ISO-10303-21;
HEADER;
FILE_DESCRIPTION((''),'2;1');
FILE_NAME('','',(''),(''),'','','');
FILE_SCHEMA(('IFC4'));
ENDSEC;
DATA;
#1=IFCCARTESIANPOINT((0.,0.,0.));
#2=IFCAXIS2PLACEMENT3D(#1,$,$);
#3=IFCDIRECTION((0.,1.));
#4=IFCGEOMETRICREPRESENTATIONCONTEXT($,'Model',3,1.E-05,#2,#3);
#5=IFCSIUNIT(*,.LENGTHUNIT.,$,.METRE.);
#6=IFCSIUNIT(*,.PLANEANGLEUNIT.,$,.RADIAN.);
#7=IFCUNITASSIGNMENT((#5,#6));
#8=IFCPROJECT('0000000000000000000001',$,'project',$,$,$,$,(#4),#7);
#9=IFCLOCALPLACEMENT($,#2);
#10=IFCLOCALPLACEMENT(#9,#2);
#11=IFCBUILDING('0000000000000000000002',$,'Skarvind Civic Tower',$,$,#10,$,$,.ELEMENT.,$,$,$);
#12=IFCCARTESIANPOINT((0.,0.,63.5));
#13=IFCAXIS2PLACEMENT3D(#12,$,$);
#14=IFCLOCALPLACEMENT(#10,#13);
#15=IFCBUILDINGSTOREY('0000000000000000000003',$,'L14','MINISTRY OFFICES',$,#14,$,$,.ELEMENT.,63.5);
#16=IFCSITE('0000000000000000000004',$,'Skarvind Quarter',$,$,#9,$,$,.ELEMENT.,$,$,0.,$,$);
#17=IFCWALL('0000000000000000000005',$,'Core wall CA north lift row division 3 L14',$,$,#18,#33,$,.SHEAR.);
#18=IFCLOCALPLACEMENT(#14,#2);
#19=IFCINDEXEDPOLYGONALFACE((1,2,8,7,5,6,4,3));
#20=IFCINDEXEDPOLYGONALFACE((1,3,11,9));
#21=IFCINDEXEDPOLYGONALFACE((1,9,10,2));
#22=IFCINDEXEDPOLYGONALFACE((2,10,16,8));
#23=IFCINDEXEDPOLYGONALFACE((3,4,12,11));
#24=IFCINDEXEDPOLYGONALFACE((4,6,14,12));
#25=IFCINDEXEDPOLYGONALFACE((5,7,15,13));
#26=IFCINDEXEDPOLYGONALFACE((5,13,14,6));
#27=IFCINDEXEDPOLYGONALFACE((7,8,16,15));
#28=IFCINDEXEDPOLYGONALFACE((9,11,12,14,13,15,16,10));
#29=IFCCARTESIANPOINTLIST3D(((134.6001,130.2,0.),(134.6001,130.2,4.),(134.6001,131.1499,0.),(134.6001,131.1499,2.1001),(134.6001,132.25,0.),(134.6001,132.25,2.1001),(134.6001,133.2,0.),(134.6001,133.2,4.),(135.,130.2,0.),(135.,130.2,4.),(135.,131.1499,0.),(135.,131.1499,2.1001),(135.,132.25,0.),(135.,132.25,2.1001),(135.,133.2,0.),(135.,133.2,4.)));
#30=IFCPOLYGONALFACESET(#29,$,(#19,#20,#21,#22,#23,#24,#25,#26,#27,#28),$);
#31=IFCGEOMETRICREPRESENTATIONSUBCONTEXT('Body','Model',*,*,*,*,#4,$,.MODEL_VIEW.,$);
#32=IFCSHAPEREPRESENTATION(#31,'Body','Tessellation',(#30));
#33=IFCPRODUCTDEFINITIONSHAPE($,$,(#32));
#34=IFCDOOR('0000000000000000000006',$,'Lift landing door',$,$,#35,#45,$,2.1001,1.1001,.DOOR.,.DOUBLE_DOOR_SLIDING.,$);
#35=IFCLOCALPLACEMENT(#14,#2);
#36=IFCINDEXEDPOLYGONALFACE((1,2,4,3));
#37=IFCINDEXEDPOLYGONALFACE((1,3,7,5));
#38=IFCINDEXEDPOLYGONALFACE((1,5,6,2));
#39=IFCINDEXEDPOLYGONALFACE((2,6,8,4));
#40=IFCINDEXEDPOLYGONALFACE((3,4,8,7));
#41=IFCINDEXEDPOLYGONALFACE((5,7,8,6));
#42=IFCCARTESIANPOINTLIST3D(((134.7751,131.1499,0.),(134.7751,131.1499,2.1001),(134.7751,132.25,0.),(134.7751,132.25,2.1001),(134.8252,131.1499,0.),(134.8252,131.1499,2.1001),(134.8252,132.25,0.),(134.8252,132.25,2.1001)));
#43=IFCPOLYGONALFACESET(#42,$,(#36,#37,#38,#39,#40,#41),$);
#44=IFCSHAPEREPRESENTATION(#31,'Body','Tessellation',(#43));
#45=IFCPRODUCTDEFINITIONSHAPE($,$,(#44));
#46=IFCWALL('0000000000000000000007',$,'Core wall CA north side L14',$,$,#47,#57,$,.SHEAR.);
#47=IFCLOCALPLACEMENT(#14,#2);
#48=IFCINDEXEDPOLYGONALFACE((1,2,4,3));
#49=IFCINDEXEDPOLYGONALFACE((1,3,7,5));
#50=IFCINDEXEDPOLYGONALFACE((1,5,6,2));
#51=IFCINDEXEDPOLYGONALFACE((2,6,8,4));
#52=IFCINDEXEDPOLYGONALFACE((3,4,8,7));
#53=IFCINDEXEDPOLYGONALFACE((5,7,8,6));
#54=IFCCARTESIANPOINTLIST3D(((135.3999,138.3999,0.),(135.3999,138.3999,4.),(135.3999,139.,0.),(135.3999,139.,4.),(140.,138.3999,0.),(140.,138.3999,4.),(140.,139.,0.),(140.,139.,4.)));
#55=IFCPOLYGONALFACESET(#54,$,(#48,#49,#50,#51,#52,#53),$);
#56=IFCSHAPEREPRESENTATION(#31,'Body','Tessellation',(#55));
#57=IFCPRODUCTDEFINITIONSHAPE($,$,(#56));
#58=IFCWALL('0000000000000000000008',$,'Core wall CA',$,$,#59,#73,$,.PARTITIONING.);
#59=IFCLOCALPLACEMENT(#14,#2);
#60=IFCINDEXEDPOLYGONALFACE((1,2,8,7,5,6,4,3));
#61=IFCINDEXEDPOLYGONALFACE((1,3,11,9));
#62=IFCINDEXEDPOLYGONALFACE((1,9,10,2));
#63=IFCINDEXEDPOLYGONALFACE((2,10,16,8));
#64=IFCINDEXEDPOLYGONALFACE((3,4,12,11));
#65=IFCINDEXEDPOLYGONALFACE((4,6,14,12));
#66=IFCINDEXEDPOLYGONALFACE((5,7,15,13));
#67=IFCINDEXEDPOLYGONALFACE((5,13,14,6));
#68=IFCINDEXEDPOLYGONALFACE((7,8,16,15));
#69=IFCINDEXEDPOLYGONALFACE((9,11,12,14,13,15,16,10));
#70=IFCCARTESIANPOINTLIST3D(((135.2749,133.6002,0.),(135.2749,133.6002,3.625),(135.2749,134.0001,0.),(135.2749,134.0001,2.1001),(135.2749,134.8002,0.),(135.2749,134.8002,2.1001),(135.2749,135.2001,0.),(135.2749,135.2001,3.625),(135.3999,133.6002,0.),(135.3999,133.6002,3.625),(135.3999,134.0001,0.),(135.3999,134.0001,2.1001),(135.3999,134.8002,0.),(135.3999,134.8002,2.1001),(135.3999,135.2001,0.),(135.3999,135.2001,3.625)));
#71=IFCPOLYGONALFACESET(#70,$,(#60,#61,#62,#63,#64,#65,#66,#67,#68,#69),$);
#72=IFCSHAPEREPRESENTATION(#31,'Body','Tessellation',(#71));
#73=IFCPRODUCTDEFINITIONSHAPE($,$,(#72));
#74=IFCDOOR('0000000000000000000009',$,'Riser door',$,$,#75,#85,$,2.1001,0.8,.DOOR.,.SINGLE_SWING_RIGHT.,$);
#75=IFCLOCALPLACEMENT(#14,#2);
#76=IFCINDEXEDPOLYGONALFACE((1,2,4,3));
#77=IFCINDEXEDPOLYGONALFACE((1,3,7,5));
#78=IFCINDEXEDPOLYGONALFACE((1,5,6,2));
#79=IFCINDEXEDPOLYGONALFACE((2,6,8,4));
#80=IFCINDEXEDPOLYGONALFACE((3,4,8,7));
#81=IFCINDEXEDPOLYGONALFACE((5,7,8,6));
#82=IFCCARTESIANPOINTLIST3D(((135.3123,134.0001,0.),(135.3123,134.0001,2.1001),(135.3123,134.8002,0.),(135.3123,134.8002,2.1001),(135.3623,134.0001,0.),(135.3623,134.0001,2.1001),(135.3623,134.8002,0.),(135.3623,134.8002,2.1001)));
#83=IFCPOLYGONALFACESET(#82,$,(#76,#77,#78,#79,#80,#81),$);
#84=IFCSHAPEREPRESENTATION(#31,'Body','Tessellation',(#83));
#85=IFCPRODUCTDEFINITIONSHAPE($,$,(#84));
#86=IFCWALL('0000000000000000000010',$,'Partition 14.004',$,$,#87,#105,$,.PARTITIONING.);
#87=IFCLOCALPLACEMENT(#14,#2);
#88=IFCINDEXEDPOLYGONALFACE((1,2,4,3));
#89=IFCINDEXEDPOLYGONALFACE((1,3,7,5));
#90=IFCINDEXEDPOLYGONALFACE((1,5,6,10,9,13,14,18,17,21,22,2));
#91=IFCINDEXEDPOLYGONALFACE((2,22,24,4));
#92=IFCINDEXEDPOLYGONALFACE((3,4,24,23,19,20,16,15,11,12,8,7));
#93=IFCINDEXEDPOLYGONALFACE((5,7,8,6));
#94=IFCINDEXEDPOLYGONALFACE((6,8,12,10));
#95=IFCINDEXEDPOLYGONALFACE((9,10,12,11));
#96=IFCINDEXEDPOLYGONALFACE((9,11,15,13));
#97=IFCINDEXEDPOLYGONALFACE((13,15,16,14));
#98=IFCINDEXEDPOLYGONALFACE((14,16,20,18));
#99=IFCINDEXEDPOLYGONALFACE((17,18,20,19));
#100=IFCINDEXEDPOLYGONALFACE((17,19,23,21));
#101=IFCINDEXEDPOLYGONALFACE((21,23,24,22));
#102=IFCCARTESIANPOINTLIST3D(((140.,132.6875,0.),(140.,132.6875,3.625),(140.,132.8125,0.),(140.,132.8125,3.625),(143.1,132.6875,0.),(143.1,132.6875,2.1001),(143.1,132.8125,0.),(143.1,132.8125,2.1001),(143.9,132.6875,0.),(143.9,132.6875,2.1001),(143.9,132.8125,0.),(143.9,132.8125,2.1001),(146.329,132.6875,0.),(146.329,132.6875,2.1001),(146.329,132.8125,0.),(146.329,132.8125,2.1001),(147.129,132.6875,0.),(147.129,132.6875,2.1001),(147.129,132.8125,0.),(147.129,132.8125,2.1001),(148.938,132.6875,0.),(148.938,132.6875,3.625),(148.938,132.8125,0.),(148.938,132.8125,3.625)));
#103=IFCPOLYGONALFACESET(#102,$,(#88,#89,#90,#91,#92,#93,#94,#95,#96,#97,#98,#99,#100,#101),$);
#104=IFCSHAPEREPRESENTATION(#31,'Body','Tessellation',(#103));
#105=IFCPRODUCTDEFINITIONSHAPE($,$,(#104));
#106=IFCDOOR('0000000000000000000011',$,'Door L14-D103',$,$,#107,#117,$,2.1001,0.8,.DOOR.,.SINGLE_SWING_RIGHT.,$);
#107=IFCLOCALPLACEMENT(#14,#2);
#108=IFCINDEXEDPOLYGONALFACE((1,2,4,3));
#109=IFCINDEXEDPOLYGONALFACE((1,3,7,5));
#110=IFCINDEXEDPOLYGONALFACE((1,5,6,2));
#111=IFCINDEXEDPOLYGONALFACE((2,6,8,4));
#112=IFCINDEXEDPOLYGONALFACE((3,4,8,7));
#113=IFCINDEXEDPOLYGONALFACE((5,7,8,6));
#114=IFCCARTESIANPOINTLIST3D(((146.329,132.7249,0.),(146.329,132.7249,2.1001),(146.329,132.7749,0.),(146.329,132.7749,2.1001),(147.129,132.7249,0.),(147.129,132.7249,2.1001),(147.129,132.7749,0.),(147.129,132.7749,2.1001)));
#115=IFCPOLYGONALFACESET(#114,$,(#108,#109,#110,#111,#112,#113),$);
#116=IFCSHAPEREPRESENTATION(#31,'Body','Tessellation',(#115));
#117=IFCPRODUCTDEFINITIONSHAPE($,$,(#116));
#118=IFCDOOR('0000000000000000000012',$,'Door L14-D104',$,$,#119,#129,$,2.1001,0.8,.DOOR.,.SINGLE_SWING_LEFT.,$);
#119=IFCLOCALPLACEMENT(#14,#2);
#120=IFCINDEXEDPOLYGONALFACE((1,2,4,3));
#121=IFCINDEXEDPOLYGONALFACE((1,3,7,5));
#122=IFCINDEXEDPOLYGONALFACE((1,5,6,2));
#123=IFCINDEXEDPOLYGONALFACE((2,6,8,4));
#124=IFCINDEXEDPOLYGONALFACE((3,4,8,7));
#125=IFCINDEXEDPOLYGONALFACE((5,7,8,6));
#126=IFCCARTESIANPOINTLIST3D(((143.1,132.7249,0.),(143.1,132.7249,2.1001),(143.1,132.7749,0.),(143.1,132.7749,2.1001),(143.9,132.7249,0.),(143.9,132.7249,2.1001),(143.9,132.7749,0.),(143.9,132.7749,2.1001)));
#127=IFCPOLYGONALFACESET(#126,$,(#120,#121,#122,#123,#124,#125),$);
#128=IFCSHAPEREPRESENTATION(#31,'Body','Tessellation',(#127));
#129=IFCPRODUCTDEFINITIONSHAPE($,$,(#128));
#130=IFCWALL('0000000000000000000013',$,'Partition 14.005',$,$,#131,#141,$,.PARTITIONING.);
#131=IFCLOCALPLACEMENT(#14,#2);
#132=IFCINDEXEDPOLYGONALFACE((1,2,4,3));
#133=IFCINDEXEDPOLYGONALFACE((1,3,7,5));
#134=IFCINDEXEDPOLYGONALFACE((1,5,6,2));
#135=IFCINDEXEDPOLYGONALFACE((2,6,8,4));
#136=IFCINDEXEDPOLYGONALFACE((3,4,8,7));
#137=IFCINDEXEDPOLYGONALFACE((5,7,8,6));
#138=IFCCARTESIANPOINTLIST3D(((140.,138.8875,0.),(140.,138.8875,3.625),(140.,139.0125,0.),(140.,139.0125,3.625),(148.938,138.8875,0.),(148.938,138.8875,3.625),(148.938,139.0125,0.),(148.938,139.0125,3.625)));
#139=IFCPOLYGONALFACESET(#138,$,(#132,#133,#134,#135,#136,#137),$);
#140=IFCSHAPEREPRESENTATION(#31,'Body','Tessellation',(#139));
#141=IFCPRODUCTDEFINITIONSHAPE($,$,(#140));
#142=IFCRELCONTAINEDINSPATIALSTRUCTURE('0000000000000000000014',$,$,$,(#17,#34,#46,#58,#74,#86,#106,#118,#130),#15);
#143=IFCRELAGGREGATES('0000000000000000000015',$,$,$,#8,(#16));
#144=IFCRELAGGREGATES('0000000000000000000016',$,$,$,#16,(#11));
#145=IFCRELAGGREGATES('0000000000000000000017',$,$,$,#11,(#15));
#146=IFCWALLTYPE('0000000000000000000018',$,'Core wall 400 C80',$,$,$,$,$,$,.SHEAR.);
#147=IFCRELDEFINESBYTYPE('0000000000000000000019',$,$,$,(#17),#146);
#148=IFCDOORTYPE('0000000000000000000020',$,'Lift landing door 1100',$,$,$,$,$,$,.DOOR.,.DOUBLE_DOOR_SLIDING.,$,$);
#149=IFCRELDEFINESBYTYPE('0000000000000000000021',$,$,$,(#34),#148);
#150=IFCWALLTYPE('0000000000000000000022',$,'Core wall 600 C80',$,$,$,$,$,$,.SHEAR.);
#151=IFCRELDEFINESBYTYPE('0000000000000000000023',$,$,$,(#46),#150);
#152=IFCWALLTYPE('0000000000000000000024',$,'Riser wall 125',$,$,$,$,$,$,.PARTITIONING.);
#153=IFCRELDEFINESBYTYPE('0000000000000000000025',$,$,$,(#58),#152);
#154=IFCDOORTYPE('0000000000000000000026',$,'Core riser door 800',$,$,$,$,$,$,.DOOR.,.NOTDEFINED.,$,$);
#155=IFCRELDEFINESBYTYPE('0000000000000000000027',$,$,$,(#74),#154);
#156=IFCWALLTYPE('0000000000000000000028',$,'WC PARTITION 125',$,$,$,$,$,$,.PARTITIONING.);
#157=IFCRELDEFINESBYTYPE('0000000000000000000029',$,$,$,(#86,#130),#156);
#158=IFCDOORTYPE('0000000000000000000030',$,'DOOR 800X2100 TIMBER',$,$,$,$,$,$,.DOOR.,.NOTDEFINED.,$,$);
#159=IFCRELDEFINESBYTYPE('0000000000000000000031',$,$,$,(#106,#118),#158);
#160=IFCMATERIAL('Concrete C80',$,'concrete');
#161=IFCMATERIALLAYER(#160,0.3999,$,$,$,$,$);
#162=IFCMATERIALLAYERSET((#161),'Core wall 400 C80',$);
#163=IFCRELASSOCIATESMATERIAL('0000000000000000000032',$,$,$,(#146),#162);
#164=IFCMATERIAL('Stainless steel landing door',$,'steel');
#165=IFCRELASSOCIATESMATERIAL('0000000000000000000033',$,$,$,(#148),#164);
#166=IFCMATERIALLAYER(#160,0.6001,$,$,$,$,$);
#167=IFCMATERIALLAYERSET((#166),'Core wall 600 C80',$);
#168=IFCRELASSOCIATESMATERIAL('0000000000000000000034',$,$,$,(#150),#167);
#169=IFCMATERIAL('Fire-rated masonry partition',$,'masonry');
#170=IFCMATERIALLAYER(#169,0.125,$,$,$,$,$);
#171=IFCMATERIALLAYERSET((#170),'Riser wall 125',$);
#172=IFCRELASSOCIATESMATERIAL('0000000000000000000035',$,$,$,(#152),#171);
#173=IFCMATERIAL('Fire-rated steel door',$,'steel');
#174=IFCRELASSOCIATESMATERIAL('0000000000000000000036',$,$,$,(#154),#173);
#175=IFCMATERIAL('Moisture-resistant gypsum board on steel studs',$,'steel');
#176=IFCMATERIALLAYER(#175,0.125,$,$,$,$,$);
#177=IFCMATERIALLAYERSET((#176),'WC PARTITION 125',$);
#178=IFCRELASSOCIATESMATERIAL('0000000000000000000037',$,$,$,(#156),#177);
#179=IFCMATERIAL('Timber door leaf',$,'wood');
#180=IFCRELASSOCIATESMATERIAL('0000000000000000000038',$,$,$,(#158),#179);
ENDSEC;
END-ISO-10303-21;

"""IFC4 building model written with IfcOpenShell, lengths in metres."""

from ifc_helpers import new_model, si_unit, direction, frame, frame_2d, origin, place, context, subcontext, project, spatial, rectangle, extrude, material, layer, layer_set, type_object, element, fill, save


model = new_model("IFC4")

# Units and contexts
model_context = context("Model", 3, precision=1e-05, world=origin(), true_north=direction((0.0, 1.0)))
body_context = subcontext(model_context, "Body", "Model", "MODEL_VIEW")
ifc_project = project(units=[si_unit("LENGTHUNIT", "METRE"), si_unit("PLANEANGLEUNIT", "RADIAN")], contexts=[model_context])

# Site, building, storey
site_placement = place(None, origin())
site = spatial("IfcSite", under=ifc_project, at=site_placement, Name="Skarvind Quarter", CompositionType="ELEMENT", RefElevation=0.0)
building_placement = place(site_placement, origin())
building = spatial("IfcBuilding", under=site, at=building_placement, Name="Skarvind Civic Tower", CompositionType="ELEMENT")
storey_placement = place(building_placement, frame((0.0, 0.0, 63.5)))
storey = spatial("IfcBuildingStorey", under=building, at=storey_placement, Name="L14", Description="MINISTRY OFFICES", CompositionType="ELEMENT", Elevation=63.5)

# Shared definitions
ifc_material_1 = material(Name="Timber door leaf", Category="wood")

# Wall, opening, door
ifc_material_2 = material(Name="Fire-rated masonry partition", Category="masonry")
ifc_material_3 = material(Name="Fire-rated steel door", Category="steel")
ifc_material_4 = material(Name="Concrete C80", Category="concrete")
ifc_layer_1 = layer(ifc_material_4, 0.3999)
ifc_layer_set_1 = layer_set([ifc_layer_1], Name="Core wall 400 C80")
wall_type_1 = type_object("IfcWallType", Name="Core wall 400 C80", PredefinedType="SHEAR", material=ifc_layer_set_1)
wall_1_placement = place(storey_placement, frame((134.8, 130.2, 0.0), z_axis=(0.0, 0.0, 1.0), x_axis=(0.0, 1.0, 0.0)))
wall_1 = element("IfcWall", 1, at=wall_1_placement, inside=storey, type_object=wall_type_1, Name="Core wall CA north lift row division 3 L14", PredefinedType="SHEAR", context=body_context, shape_type="SweptSolid", body=[
    extrude(rectangle(XDim=3.0, YDim=0.3999, at=frame_2d((1.5, 0.0))), origin(), (0.0, 0.0, 1.0), 4.0),
])
opening_1_placement = place(wall_1_placement, frame((0.95, 0.0, 0.0)))
opening_1 = element("IfcOpeningElement", 2, at=opening_1_placement, cuts=wall_1, PredefinedType="OPENING", context=body_context, shape_type="SweptSolid", body=[
    extrude(rectangle(XDim=1.1001, YDim=2.1001, at=frame_2d((0.55, 1.05))), frame((0.0, 0.21, 0.0), z_axis=(0.0, -1.0, 0.0), x_axis=(1.0, 0.0, 0.0)), (0.0, 0.0, 1.0), 0.4199),
])
ifc_material_5 = material(Name="Stainless steel landing door", Category="steel")
door_type_1 = type_object("IfcDoorType", Name="Lift landing door 1100", OperationType="DOUBLE_DOOR_SLIDING", PredefinedType="DOOR", material=ifc_material_5)
door_1_placement = place(opening_1_placement, origin())
door_1 = element("IfcDoor", 3, at=door_1_placement, inside=storey, type_object=door_type_1, Name="Lift landing door", OperationType="DOUBLE_DOOR_SLIDING", OverallHeight=2.1001, OverallWidth=1.1001, PredefinedType="DOOR", context=body_context, shape_type="SweptSolid", body=[
    extrude(rectangle(XDim=1.1001, YDim=2.1001, at=frame_2d((0.55, 1.05))), frame((0.0, 0.0249, 0.0), z_axis=(0.0, -1.0, 0.0), x_axis=(1.0, 0.0, 0.0)), (0.0, 0.0, 1.0), 0.05),
])
fill(opening_1, door_1)

# Wall
ifc_layer_2 = layer(ifc_material_4, 0.6001)
ifc_layer_set_2 = layer_set([ifc_layer_2], Name="Core wall 600 C80")
wall_type_2 = type_object("IfcWallType", Name="Core wall 600 C80", PredefinedType="SHEAR", material=ifc_layer_set_2)
wall_2_placement = place(storey_placement, frame((135.3999, 138.7, 0.0), z_axis=(0.0, 0.0, 1.0), x_axis=(1.0, 0.0, 0.0)))
element("IfcWall", 4, at=wall_2_placement, inside=storey, type_object=wall_type_2, Name="Core wall CA north side L14", PredefinedType="SHEAR", context=body_context, shape_type="SweptSolid", body=[
    extrude(rectangle(XDim=4.6001, YDim=0.6001, at=frame_2d((2.3, 0.0))), origin(), (0.0, 0.0, 1.0), 4.0),
])

# Wall, opening, door
ifc_layer_3 = layer(ifc_material_2, 0.125)
ifc_layer_set_3 = layer_set([ifc_layer_3], Name="Riser wall 125")
wall_type_3 = type_object("IfcWallType", Name="Riser wall 125", PredefinedType="PARTITIONING", material=ifc_layer_set_3)
wall_3_placement = place(storey_placement, frame((135.3374, 135.2, 0.0), z_axis=(0.0, 0.0, 1.0), x_axis=(0.0, -1.0, 0.0)))
wall_3 = element("IfcWall", 5, at=wall_3_placement, inside=storey, type_object=wall_type_3, Name="Core wall CA", PredefinedType="PARTITIONING", context=body_context, shape_type="SweptSolid", body=[
    extrude(rectangle(XDim=1.5999, YDim=0.125, at=frame_2d((0.7998, 0.0))), origin(), (0.0, 0.0, 1.0), 3.625),
])
opening_2_placement = place(wall_3_placement, frame((0.3999, 0.0, 0.0)))
opening_2 = element("IfcOpeningElement", 6, at=opening_2_placement, cuts=wall_3, PredefinedType="OPENING", context=body_context, shape_type="SweptSolid", body=[
    extrude(rectangle(XDim=0.8, YDim=2.1001, at=frame_2d((0.3999, 1.05))), frame((0.0, 0.0725, 0.0), z_axis=(0.0, -1.0, 0.0), x_axis=(1.0, 0.0, 0.0)), (0.0, 0.0, 1.0), 0.145),
])
door_type_2 = type_object("IfcDoorType", Name="Core riser door 800", OperationType="NOTDEFINED", PredefinedType="DOOR", material=ifc_material_3)
door_2_placement = place(opening_2_placement, origin())
door_2 = element("IfcDoor", 7, at=door_2_placement, inside=storey, type_object=door_type_2, Name="Riser door", OperationType="SINGLE_SWING_RIGHT", OverallHeight=2.1001, OverallWidth=0.8, PredefinedType="DOOR", context=body_context, shape_type="SweptSolid", body=[
    extrude(rectangle(XDim=0.8, YDim=2.1001, at=frame_2d((0.3999, 1.05))), frame((0.0, 0.0249, 0.0), z_axis=(0.0, -1.0, 0.0), x_axis=(1.0, 0.0, 0.0)), (0.0, 0.0, 1.0), 0.05),
])
fill(opening_2, door_2)

# Wall, openings, doors
ifc_material_6 = material(Name="Moisture-resistant gypsum board on steel studs", Category="steel")
ifc_layer_4 = layer(ifc_material_6, 0.125)
ifc_layer_set_4 = layer_set([ifc_layer_4], Name="WC PARTITION 125")
wall_type_4 = type_object("IfcWallType", Name="WC PARTITION 125", PredefinedType="PARTITIONING", material=ifc_layer_set_4)
wall_4_placement = place(storey_placement, frame((140.0, 132.75, 0.0), z_axis=(0.0, 0.0, 1.0), x_axis=(1.0, 0.0, 0.0)))
wall_4 = element("IfcWall", 8, at=wall_4_placement, inside=storey, type_object=wall_type_4, Name="Partition 14.004", PredefinedType="PARTITIONING", context=body_context, shape_type="SweptSolid", body=[
    extrude(rectangle(XDim=8.938, YDim=0.125, at=frame_2d((4.469, 0.0))), origin(), (0.0, 0.0, 1.0), 3.625),
])
opening_3_placement = place(wall_4_placement, frame((6.3291, 0.0, 0.0)))
opening_3 = element("IfcOpeningElement", 9, at=opening_3_placement, cuts=wall_4, PredefinedType="OPENING", context=body_context, shape_type="SweptSolid", body=[
    extrude(rectangle(XDim=0.8, YDim=2.1001, at=frame_2d((0.3999, 1.05))), frame((0.0, 0.0725, 0.0), z_axis=(0.0, -1.0, 0.0), x_axis=(1.0, 0.0, 0.0)), (0.0, 0.0, 1.0), 0.145),
])
opening_4_placement = place(wall_4_placement, frame((3.1001, 0.0, 0.0)))
opening_4 = element("IfcOpeningElement", 10, at=opening_4_placement, cuts=wall_4, PredefinedType="OPENING", context=body_context, shape_type="SweptSolid", body=[
    extrude(rectangle(XDim=0.8, YDim=2.1001, at=frame_2d((0.3999, 1.05))), frame((0.0, 0.0725, 0.0), z_axis=(0.0, -1.0, 0.0), x_axis=(1.0, 0.0, 0.0)), (0.0, 0.0, 1.0), 0.145),
])
door_type_3 = type_object("IfcDoorType", Name="DOOR 800X2100 TIMBER", OperationType="NOTDEFINED", PredefinedType="DOOR", material=ifc_material_1)
door_3_placement = place(opening_3_placement, origin())
door_3 = element("IfcDoor", 11, at=door_3_placement, inside=storey, type_object=door_type_3, Name="Door L14-D103", OperationType="SINGLE_SWING_RIGHT", OverallHeight=2.1001, OverallWidth=0.8, PredefinedType="DOOR", context=body_context, shape_type="SweptSolid", body=[
    extrude(rectangle(XDim=0.8, YDim=2.1001, at=frame_2d((0.3999, 1.05))), frame((0.0, 0.0249, 0.0), z_axis=(0.0, -1.0, 0.0), x_axis=(1.0, 0.0, 0.0)), (0.0, 0.0, 1.0), 0.05),
])
fill(opening_3, door_3)
door_4_placement = place(opening_4_placement, origin())
door_4 = element("IfcDoor", 12, at=door_4_placement, inside=storey, type_object=door_type_3, Name="Door L14-D104", OperationType="SINGLE_SWING_LEFT", OverallHeight=2.1001, OverallWidth=0.8, PredefinedType="DOOR", context=body_context, shape_type="SweptSolid", body=[
    extrude(rectangle(XDim=0.8, YDim=2.1001, at=frame_2d((0.3999, 1.05))), frame((0.0, 0.0249, 0.0), z_axis=(0.0, -1.0, 0.0), x_axis=(1.0, 0.0, 0.0)), (0.0, 0.0, 1.0), 0.05),
])
fill(opening_4, door_4)

# Wall
wall_5_placement = place(storey_placement, frame((140.0, 138.95, 0.0), z_axis=(0.0, 0.0, 1.0), x_axis=(1.0, 0.0, 0.0)))
element("IfcWall", 13, at=wall_5_placement, inside=storey, type_object=wall_type_4, Name="Partition 14.005", PredefinedType="PARTITIONING", context=body_context, shape_type="SweptSolid", body=[
    extrude(rectangle(XDim=8.938, YDim=0.125, at=frame_2d((4.469, 0.0))), origin(), (0.0, 0.0, 1.0), 3.625),
])

save(model, "model.ifc")
